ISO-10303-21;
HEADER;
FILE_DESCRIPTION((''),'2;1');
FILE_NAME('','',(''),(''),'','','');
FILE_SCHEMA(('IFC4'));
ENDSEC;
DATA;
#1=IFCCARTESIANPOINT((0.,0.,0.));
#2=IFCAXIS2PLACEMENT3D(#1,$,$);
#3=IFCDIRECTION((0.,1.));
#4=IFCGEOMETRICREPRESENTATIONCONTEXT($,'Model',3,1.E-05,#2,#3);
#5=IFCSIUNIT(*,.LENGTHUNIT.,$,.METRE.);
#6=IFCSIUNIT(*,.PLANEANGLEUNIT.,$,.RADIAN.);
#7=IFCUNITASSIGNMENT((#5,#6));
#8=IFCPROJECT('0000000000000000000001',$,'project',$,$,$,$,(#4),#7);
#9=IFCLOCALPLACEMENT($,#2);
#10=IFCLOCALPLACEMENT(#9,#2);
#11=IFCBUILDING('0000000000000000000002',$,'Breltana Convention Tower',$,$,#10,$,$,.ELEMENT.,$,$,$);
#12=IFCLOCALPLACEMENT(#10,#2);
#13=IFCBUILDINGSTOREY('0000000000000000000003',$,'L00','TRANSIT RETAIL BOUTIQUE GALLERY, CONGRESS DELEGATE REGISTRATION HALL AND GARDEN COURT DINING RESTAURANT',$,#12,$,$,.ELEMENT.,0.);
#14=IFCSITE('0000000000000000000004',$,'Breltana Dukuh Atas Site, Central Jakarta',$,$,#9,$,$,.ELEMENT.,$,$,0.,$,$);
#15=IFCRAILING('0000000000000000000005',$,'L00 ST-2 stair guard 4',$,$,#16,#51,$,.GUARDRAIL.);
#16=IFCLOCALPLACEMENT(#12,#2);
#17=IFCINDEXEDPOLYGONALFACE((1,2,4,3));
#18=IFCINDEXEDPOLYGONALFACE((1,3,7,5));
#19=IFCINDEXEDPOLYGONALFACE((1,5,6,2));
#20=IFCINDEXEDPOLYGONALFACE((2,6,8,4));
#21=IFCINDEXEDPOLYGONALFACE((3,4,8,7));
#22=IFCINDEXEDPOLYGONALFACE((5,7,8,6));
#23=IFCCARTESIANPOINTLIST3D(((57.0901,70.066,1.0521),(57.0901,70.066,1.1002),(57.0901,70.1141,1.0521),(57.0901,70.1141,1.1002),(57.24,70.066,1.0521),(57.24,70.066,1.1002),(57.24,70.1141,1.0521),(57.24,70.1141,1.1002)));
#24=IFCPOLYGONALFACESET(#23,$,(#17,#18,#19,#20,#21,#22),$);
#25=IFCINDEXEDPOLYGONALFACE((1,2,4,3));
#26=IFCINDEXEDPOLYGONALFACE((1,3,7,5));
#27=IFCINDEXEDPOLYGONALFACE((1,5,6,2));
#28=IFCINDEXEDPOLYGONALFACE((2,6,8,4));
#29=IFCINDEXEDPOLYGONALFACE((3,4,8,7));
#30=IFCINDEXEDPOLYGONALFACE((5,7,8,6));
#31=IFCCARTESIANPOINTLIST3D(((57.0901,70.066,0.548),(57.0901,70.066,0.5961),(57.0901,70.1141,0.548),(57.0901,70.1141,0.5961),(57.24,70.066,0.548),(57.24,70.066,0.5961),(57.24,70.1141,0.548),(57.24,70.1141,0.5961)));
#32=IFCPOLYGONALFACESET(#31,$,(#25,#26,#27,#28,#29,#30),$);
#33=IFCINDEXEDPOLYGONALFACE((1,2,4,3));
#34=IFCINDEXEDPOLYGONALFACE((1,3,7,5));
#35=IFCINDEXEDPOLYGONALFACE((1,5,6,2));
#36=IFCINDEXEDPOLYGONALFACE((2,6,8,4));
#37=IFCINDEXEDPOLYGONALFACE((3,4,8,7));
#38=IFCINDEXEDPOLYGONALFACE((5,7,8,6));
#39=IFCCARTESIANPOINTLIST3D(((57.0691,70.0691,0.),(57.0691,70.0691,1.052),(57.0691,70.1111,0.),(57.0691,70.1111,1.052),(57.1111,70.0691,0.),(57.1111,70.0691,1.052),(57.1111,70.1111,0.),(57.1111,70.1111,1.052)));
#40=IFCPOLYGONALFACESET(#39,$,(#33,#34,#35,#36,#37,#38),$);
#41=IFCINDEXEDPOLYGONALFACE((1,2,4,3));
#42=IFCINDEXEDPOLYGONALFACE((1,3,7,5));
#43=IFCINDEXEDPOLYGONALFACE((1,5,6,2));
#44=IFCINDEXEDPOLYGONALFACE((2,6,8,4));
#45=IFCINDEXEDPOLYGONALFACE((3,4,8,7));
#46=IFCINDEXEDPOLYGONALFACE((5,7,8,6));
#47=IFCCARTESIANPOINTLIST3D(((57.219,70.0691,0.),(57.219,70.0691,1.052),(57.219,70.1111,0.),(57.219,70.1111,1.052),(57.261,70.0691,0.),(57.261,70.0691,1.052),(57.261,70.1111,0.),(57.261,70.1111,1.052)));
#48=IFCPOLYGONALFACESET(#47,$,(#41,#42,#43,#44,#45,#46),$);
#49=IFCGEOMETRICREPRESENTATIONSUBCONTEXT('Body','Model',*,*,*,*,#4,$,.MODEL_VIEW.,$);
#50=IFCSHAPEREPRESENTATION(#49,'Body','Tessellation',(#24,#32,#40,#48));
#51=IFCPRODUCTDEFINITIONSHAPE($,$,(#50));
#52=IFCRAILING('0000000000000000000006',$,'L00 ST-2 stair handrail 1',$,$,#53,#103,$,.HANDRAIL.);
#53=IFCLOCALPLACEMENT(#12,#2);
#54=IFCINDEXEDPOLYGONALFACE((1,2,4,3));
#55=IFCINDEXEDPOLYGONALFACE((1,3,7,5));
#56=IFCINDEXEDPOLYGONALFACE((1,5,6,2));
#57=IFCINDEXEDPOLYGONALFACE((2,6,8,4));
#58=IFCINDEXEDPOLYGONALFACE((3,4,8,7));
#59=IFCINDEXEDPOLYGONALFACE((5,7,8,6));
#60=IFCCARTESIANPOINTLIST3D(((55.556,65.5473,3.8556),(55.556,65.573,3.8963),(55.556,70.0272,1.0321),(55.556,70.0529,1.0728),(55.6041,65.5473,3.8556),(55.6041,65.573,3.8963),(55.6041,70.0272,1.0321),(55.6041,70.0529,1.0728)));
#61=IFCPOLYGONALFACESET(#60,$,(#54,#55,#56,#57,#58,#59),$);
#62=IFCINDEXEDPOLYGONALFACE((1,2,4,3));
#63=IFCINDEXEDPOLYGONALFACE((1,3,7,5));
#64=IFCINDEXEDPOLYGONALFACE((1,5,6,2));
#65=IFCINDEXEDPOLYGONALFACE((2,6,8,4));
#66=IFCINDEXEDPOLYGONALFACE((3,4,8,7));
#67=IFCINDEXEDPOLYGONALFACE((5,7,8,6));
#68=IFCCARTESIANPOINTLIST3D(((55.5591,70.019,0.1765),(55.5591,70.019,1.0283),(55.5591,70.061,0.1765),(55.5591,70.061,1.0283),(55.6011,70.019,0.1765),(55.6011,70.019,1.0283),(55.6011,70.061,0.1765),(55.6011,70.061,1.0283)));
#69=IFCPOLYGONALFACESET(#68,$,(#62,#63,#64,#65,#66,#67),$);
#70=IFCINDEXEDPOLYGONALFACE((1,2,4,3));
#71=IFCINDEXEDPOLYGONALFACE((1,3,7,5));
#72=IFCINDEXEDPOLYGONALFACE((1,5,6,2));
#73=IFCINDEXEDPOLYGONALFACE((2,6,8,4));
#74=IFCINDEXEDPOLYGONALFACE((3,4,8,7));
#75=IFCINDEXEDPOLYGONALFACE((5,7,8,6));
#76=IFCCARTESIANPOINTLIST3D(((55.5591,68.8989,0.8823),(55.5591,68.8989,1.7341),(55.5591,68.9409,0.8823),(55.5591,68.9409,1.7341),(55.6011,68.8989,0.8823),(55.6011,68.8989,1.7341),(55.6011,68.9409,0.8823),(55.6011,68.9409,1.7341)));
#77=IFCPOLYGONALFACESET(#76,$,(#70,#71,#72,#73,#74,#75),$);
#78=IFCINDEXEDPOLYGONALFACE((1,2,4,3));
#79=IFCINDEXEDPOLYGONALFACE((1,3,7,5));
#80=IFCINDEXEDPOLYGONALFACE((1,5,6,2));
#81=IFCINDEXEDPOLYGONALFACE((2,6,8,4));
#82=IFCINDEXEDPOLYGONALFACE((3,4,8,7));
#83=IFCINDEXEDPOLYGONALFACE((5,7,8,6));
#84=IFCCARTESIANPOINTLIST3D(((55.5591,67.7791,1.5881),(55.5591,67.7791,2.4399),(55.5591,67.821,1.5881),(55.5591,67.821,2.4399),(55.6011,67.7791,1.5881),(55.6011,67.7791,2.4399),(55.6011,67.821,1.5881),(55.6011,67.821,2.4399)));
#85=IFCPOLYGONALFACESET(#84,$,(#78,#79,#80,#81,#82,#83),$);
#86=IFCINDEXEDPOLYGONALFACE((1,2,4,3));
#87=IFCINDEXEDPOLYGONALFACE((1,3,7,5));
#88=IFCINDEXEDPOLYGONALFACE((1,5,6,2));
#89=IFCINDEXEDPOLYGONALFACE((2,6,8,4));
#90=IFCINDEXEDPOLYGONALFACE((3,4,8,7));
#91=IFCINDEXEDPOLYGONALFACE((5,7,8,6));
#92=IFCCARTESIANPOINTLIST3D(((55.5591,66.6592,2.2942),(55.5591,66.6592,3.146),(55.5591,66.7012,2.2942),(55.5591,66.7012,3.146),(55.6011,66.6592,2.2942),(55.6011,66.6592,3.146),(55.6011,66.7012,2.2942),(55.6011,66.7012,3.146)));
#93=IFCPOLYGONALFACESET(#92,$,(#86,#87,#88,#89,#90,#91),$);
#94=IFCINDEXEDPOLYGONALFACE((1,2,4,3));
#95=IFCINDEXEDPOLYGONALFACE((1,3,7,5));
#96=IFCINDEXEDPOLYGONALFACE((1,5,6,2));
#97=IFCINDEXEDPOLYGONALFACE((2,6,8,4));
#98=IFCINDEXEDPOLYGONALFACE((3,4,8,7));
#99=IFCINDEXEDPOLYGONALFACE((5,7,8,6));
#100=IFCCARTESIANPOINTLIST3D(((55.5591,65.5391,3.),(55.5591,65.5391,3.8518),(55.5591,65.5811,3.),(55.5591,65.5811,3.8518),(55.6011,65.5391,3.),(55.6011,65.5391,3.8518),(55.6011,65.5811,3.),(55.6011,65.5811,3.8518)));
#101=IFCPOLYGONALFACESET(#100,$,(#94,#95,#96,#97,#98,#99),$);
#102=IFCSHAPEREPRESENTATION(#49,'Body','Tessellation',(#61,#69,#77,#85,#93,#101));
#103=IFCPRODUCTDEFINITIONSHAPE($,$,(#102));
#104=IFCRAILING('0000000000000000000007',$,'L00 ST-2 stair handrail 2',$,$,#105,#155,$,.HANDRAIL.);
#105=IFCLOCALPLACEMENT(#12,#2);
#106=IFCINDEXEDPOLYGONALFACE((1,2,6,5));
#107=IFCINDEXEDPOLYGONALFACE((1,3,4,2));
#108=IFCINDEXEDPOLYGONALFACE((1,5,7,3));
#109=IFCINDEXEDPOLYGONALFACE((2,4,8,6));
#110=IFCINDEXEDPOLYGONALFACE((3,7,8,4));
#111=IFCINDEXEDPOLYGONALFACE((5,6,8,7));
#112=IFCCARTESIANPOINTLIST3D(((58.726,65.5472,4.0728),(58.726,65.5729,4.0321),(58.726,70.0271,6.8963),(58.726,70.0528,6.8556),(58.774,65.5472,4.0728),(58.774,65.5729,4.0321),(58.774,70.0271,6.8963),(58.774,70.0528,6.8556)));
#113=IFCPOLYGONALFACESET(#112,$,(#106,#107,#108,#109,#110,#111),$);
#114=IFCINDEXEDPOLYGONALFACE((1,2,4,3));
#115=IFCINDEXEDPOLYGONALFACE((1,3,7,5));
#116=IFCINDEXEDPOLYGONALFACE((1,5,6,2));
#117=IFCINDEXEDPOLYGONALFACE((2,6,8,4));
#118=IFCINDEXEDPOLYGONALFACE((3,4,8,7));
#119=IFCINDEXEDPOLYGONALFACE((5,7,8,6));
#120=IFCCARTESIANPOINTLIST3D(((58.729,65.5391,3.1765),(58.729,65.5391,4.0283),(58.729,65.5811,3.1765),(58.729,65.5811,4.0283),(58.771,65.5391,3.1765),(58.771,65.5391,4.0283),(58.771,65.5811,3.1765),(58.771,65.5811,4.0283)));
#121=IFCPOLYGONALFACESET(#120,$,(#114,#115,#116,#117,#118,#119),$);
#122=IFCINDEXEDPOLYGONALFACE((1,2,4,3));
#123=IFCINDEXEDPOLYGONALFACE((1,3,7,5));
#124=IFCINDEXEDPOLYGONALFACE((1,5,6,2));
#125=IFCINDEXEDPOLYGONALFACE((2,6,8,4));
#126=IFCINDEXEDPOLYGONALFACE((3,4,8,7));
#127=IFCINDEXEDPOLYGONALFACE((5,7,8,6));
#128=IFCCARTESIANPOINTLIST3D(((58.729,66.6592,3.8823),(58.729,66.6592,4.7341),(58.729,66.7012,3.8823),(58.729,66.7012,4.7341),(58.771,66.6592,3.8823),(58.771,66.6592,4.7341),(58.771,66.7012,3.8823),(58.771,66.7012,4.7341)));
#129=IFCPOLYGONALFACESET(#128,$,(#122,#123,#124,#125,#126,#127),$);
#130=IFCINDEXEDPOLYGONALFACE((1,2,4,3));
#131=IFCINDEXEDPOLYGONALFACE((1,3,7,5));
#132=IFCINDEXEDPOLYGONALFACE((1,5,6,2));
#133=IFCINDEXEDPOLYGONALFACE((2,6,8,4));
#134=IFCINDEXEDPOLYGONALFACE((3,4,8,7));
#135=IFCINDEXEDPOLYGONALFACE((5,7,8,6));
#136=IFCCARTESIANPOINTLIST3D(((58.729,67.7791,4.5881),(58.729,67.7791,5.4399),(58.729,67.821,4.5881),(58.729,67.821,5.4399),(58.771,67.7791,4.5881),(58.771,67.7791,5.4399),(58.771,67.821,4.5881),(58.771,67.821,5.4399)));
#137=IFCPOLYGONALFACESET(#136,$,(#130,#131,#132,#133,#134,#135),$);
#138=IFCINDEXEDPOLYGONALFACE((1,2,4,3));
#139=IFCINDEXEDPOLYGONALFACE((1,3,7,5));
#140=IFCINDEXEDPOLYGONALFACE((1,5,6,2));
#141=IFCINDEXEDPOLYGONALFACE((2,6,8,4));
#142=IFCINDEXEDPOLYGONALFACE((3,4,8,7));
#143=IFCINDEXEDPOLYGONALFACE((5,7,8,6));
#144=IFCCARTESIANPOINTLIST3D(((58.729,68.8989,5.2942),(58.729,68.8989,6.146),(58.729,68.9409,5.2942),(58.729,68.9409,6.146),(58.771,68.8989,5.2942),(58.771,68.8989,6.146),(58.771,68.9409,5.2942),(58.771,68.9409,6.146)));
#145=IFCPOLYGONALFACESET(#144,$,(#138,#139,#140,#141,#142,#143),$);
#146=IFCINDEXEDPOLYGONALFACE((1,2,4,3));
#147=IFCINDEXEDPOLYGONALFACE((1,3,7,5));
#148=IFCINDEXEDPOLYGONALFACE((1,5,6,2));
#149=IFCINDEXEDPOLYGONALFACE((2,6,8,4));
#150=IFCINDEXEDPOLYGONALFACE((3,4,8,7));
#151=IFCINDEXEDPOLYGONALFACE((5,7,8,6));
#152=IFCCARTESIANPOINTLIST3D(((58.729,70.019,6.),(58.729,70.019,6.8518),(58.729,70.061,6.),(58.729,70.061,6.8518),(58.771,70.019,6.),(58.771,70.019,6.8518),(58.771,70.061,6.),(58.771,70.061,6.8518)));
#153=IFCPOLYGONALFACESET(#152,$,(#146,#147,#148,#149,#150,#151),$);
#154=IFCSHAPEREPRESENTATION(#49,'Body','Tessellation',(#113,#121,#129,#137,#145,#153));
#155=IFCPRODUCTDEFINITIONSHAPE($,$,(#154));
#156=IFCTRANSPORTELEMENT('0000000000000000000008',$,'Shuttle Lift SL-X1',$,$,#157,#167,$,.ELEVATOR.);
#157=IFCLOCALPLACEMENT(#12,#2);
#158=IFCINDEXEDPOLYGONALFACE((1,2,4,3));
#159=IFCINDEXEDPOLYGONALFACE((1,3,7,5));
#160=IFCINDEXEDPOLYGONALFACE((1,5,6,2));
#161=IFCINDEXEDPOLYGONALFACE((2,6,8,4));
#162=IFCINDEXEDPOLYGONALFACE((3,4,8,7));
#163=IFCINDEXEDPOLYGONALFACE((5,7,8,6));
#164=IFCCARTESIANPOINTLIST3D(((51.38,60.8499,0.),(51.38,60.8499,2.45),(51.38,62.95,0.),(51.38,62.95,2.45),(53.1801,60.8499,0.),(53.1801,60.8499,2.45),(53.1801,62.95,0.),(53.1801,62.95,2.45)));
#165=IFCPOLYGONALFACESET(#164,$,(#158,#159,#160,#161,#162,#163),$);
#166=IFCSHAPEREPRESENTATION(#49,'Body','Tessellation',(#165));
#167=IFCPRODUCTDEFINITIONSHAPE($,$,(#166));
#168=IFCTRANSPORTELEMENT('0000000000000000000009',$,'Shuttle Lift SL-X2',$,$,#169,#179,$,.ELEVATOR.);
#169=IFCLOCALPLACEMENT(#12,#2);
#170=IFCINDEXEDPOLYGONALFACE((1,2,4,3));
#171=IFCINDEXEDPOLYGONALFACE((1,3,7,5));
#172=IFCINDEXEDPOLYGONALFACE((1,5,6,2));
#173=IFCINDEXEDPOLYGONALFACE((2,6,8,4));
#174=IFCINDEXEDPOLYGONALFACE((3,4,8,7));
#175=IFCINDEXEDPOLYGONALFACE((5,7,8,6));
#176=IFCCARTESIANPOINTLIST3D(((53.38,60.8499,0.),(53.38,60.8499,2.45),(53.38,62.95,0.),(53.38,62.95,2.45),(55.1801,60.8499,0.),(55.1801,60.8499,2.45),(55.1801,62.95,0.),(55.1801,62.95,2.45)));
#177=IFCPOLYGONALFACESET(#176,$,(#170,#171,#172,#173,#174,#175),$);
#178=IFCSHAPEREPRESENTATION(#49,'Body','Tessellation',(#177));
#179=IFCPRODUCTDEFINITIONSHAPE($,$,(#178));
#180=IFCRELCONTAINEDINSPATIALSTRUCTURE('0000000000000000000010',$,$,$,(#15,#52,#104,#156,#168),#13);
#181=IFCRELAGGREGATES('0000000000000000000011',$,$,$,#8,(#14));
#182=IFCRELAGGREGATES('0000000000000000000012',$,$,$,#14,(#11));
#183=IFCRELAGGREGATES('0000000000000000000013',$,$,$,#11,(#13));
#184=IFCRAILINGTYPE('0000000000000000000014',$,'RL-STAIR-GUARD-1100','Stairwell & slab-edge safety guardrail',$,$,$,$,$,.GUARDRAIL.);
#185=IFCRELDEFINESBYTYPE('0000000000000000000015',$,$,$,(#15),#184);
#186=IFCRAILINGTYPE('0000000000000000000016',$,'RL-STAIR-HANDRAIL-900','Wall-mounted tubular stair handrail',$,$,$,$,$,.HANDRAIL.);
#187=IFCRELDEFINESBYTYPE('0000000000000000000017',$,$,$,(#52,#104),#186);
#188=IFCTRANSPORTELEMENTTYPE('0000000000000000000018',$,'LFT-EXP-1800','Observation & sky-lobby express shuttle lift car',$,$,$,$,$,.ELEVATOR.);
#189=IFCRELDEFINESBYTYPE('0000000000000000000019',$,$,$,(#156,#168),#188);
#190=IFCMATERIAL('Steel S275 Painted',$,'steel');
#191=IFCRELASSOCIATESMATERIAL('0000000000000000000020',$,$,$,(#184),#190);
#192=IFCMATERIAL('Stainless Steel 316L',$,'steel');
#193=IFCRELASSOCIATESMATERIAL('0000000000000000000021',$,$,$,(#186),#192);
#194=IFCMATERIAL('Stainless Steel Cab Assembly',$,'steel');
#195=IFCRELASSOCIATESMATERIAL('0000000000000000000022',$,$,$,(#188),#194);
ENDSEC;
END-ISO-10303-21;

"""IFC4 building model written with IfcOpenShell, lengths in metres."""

from ifc_helpers import new_model, si_unit, direction, frame, origin, origin_2d, place, context, subcontext, project, spatial, rectangle, extrude, source, transform, mapped, material, type_object, type_shapes, element, save


model = new_model("IFC4")

# Units and contexts
model_context = context("Model", 3, precision=1e-05, world=origin(), true_north=direction((0.0, 1.0)))
body_context = subcontext(model_context, "Body", "Model", "MODEL_VIEW")
ifc_project = project(units=[si_unit("LENGTHUNIT", "METRE"), si_unit("PLANEANGLEUNIT", "RADIAN")], contexts=[model_context])

# Site, building, storey
site_placement = place(None, origin())
site = spatial("IfcSite", under=ifc_project, at=site_placement, Name="Breltana Dukuh Atas Site, Central Jakarta", CompositionType="ELEMENT", RefElevation=0.0)
building_placement = place(site_placement, origin())
building = spatial("IfcBuilding", under=site, at=building_placement, Name="Breltana Convention Tower", CompositionType="ELEMENT")
storey_placement = place(building_placement, origin())
storey = spatial("IfcBuildingStorey", under=building, at=storey_placement, Name="L00", Description="TRANSIT RETAIL BOUTIQUE GALLERY, CONGRESS DELEGATE REGISTRATION HALL AND GARDEN COURT DINING RESTAURANT", CompositionType="ELEMENT", Elevation=0.0)

# Railings
ifc_material_1 = material(Name="Steel S275 Painted", Category="steel")
railing_type_1 = type_object("IfcRailingType", Name="RL-STAIR-GUARD-1100", Description="Stairwell & slab-edge safety guardrail", PredefinedType="GUARDRAIL", material=ifc_material_1)
railing_1_placement = place(storey_placement, frame((57.0901, 70.0901, 0.0)))
element("IfcRailing", 1, at=railing_1_placement, inside=storey, type_object=railing_type_1, Name="L00 ST-2 stair guard 4", PredefinedType="GUARDRAIL", context=body_context, shape_type="SweptSolid", body=[
    extrude(rectangle(XDim=0.0481, YDim=0.0481, at=origin_2d()), frame((0.0, 0.0, 1.0762), z_axis=(1.0, 0.0, 0.0), x_axis=(0.0, 1.0, 0.0)), (0.0, 0.0, 1.0), 0.1499),
    extrude(rectangle(XDim=0.0481, YDim=0.0481, at=origin_2d()), frame((0.0, 0.0, 0.572), z_axis=(1.0, 0.0, 0.0), x_axis=(0.0, 1.0, 0.0)), (0.0, 0.0, 1.0), 0.1499),
    extrude(rectangle(XDim=0.042, YDim=0.042, at=origin_2d()), origin(), (0.0, 0.0, 1.0), 1.052),
    extrude(rectangle(XDim=0.042, YDim=0.042, at=origin_2d()), frame((0.1499, 0.0, 0.0)), (0.0, 0.0, 1.0), 1.052),
])
ifc_material_2 = material(Name="Stainless Steel 316L", Category="steel")
railing_type_2 = type_object("IfcRailingType", Name="RL-STAIR-HANDRAIL-900", Description="Wall-mounted tubular stair handrail", PredefinedType="HANDRAIL", material=ifc_material_2)
railing_2_placement = place(storey_placement, frame((55.5801, 70.04, 0.1765)))
element("IfcRailing", 2, at=railing_2_placement, inside=storey, type_object=railing_type_2, Name="L00 ST-2 stair handrail 1", PredefinedType="HANDRAIL", context=body_context, shape_type="SweptSolid", body=[
    extrude(rectangle(XDim=0.0481, YDim=0.0481, at=origin_2d()), frame((0.0, 0.0, 0.876), z_axis=(0.0, -0.845998, 0.533186), x_axis=(1.0, 0.0, 0.0)), (0.0, 0.0, 1.0), 5.2954),
    extrude(rectangle(XDim=0.042, YDim=0.042, at=origin_2d()), origin(), (0.0, 0.0, 1.0), 0.8518),
    extrude(rectangle(XDim=0.042, YDim=0.042, at=origin_2d()), frame((0.0, -1.1201, 0.7058)), (0.0, 0.0, 1.0), 0.8518),
    extrude(rectangle(XDim=0.042, YDim=0.042, at=origin_2d()), frame((0.0, -2.24, 1.4116)), (0.0, 0.0, 1.0), 0.8518),
    extrude(rectangle(XDim=0.042, YDim=0.042, at=origin_2d()), frame((0.0, -3.3599, 2.1177)), (0.0, 0.0, 1.0), 0.8518),
    extrude(rectangle(XDim=0.042, YDim=0.042, at=origin_2d()), frame((0.0, -4.48, 2.8235)), (0.0, 0.0, 1.0), 0.8518),
])
railing_3_placement = place(storey_placement, frame((58.75, 65.5601, 3.1765)))
element("IfcRailing", 3, at=railing_3_placement, inside=storey, type_object=railing_type_2, Name="L00 ST-2 stair handrail 2", PredefinedType="HANDRAIL", context=body_context, shape_type="SweptSolid", body=[
    extrude(rectangle(XDim=0.0481, YDim=0.0481, at=origin_2d()), frame((0.0, 0.0, 0.876), z_axis=(0.0, 0.845998, 0.533186), x_axis=(-1.0, 0.0, 0.0)), (0.0, 0.0, 1.0), 5.2954),
    extrude(rectangle(XDim=0.042, YDim=0.042, at=origin_2d()), origin(), (0.0, 0.0, 1.0), 0.8518),
    extrude(rectangle(XDim=0.042, YDim=0.042, at=origin_2d()), frame((0.0, 1.1201, 0.7058)), (0.0, 0.0, 1.0), 0.8518),
    extrude(rectangle(XDim=0.042, YDim=0.042, at=origin_2d()), frame((0.0, 2.24, 1.4116)), (0.0, 0.0, 1.0), 0.8518),
    extrude(rectangle(XDim=0.042, YDim=0.042, at=origin_2d()), frame((0.0, 3.3599, 2.1177)), (0.0, 0.0, 1.0), 0.8518),
    extrude(rectangle(XDim=0.042, YDim=0.042, at=origin_2d()), frame((0.0, 4.48, 2.8235)), (0.0, 0.0, 1.0), 0.8518),
])

# Transport elements
ifc_material_3 = material(Name="Stainless Steel Cab Assembly", Category="steel")
transport_element_type = type_object("IfcTransportElementType", Name="LFT-EXP-1800", Description="Observation & sky-lobby express shuttle lift car", PredefinedType="ELEVATOR", material=ifc_material_3)
shared_shape_1 = source(origin(), body_context, "Body", "SweptSolid", [
    extrude(rectangle(XDim=1.8, YDim=2.1001, at=origin_2d()), origin(), (0.0, 0.0, 1.0), 2.45),
])
type_shapes(transport_element_type, [shared_shape_1])
for number, where, z_axis, x_axis, name in (
    (4, (52.28, 61.8999, 0.0), (0.0, 0.0, 1.0), (1.0, 0.0, 0.0), "Shuttle Lift SL-X1"),
    (5, (54.28, 61.8999, 0.0), (0.0, 0.0, 1.0), (1.0, 0.0, 0.0), "Shuttle Lift SL-X2"),
):
    element("IfcTransportElement", number, at=place(storey_placement, frame(where, z_axis=z_axis, x_axis=x_axis)), inside=storey, type_object=transport_element_type, Name=name, PredefinedType="ELEVATOR", context=body_context, shape_type="MappedRepresentation", body=[
        mapped(shared_shape_1, transform((0.0, 0.0, 0.0), scale=1.0)),
    ])

save(model, "model.ifc")
